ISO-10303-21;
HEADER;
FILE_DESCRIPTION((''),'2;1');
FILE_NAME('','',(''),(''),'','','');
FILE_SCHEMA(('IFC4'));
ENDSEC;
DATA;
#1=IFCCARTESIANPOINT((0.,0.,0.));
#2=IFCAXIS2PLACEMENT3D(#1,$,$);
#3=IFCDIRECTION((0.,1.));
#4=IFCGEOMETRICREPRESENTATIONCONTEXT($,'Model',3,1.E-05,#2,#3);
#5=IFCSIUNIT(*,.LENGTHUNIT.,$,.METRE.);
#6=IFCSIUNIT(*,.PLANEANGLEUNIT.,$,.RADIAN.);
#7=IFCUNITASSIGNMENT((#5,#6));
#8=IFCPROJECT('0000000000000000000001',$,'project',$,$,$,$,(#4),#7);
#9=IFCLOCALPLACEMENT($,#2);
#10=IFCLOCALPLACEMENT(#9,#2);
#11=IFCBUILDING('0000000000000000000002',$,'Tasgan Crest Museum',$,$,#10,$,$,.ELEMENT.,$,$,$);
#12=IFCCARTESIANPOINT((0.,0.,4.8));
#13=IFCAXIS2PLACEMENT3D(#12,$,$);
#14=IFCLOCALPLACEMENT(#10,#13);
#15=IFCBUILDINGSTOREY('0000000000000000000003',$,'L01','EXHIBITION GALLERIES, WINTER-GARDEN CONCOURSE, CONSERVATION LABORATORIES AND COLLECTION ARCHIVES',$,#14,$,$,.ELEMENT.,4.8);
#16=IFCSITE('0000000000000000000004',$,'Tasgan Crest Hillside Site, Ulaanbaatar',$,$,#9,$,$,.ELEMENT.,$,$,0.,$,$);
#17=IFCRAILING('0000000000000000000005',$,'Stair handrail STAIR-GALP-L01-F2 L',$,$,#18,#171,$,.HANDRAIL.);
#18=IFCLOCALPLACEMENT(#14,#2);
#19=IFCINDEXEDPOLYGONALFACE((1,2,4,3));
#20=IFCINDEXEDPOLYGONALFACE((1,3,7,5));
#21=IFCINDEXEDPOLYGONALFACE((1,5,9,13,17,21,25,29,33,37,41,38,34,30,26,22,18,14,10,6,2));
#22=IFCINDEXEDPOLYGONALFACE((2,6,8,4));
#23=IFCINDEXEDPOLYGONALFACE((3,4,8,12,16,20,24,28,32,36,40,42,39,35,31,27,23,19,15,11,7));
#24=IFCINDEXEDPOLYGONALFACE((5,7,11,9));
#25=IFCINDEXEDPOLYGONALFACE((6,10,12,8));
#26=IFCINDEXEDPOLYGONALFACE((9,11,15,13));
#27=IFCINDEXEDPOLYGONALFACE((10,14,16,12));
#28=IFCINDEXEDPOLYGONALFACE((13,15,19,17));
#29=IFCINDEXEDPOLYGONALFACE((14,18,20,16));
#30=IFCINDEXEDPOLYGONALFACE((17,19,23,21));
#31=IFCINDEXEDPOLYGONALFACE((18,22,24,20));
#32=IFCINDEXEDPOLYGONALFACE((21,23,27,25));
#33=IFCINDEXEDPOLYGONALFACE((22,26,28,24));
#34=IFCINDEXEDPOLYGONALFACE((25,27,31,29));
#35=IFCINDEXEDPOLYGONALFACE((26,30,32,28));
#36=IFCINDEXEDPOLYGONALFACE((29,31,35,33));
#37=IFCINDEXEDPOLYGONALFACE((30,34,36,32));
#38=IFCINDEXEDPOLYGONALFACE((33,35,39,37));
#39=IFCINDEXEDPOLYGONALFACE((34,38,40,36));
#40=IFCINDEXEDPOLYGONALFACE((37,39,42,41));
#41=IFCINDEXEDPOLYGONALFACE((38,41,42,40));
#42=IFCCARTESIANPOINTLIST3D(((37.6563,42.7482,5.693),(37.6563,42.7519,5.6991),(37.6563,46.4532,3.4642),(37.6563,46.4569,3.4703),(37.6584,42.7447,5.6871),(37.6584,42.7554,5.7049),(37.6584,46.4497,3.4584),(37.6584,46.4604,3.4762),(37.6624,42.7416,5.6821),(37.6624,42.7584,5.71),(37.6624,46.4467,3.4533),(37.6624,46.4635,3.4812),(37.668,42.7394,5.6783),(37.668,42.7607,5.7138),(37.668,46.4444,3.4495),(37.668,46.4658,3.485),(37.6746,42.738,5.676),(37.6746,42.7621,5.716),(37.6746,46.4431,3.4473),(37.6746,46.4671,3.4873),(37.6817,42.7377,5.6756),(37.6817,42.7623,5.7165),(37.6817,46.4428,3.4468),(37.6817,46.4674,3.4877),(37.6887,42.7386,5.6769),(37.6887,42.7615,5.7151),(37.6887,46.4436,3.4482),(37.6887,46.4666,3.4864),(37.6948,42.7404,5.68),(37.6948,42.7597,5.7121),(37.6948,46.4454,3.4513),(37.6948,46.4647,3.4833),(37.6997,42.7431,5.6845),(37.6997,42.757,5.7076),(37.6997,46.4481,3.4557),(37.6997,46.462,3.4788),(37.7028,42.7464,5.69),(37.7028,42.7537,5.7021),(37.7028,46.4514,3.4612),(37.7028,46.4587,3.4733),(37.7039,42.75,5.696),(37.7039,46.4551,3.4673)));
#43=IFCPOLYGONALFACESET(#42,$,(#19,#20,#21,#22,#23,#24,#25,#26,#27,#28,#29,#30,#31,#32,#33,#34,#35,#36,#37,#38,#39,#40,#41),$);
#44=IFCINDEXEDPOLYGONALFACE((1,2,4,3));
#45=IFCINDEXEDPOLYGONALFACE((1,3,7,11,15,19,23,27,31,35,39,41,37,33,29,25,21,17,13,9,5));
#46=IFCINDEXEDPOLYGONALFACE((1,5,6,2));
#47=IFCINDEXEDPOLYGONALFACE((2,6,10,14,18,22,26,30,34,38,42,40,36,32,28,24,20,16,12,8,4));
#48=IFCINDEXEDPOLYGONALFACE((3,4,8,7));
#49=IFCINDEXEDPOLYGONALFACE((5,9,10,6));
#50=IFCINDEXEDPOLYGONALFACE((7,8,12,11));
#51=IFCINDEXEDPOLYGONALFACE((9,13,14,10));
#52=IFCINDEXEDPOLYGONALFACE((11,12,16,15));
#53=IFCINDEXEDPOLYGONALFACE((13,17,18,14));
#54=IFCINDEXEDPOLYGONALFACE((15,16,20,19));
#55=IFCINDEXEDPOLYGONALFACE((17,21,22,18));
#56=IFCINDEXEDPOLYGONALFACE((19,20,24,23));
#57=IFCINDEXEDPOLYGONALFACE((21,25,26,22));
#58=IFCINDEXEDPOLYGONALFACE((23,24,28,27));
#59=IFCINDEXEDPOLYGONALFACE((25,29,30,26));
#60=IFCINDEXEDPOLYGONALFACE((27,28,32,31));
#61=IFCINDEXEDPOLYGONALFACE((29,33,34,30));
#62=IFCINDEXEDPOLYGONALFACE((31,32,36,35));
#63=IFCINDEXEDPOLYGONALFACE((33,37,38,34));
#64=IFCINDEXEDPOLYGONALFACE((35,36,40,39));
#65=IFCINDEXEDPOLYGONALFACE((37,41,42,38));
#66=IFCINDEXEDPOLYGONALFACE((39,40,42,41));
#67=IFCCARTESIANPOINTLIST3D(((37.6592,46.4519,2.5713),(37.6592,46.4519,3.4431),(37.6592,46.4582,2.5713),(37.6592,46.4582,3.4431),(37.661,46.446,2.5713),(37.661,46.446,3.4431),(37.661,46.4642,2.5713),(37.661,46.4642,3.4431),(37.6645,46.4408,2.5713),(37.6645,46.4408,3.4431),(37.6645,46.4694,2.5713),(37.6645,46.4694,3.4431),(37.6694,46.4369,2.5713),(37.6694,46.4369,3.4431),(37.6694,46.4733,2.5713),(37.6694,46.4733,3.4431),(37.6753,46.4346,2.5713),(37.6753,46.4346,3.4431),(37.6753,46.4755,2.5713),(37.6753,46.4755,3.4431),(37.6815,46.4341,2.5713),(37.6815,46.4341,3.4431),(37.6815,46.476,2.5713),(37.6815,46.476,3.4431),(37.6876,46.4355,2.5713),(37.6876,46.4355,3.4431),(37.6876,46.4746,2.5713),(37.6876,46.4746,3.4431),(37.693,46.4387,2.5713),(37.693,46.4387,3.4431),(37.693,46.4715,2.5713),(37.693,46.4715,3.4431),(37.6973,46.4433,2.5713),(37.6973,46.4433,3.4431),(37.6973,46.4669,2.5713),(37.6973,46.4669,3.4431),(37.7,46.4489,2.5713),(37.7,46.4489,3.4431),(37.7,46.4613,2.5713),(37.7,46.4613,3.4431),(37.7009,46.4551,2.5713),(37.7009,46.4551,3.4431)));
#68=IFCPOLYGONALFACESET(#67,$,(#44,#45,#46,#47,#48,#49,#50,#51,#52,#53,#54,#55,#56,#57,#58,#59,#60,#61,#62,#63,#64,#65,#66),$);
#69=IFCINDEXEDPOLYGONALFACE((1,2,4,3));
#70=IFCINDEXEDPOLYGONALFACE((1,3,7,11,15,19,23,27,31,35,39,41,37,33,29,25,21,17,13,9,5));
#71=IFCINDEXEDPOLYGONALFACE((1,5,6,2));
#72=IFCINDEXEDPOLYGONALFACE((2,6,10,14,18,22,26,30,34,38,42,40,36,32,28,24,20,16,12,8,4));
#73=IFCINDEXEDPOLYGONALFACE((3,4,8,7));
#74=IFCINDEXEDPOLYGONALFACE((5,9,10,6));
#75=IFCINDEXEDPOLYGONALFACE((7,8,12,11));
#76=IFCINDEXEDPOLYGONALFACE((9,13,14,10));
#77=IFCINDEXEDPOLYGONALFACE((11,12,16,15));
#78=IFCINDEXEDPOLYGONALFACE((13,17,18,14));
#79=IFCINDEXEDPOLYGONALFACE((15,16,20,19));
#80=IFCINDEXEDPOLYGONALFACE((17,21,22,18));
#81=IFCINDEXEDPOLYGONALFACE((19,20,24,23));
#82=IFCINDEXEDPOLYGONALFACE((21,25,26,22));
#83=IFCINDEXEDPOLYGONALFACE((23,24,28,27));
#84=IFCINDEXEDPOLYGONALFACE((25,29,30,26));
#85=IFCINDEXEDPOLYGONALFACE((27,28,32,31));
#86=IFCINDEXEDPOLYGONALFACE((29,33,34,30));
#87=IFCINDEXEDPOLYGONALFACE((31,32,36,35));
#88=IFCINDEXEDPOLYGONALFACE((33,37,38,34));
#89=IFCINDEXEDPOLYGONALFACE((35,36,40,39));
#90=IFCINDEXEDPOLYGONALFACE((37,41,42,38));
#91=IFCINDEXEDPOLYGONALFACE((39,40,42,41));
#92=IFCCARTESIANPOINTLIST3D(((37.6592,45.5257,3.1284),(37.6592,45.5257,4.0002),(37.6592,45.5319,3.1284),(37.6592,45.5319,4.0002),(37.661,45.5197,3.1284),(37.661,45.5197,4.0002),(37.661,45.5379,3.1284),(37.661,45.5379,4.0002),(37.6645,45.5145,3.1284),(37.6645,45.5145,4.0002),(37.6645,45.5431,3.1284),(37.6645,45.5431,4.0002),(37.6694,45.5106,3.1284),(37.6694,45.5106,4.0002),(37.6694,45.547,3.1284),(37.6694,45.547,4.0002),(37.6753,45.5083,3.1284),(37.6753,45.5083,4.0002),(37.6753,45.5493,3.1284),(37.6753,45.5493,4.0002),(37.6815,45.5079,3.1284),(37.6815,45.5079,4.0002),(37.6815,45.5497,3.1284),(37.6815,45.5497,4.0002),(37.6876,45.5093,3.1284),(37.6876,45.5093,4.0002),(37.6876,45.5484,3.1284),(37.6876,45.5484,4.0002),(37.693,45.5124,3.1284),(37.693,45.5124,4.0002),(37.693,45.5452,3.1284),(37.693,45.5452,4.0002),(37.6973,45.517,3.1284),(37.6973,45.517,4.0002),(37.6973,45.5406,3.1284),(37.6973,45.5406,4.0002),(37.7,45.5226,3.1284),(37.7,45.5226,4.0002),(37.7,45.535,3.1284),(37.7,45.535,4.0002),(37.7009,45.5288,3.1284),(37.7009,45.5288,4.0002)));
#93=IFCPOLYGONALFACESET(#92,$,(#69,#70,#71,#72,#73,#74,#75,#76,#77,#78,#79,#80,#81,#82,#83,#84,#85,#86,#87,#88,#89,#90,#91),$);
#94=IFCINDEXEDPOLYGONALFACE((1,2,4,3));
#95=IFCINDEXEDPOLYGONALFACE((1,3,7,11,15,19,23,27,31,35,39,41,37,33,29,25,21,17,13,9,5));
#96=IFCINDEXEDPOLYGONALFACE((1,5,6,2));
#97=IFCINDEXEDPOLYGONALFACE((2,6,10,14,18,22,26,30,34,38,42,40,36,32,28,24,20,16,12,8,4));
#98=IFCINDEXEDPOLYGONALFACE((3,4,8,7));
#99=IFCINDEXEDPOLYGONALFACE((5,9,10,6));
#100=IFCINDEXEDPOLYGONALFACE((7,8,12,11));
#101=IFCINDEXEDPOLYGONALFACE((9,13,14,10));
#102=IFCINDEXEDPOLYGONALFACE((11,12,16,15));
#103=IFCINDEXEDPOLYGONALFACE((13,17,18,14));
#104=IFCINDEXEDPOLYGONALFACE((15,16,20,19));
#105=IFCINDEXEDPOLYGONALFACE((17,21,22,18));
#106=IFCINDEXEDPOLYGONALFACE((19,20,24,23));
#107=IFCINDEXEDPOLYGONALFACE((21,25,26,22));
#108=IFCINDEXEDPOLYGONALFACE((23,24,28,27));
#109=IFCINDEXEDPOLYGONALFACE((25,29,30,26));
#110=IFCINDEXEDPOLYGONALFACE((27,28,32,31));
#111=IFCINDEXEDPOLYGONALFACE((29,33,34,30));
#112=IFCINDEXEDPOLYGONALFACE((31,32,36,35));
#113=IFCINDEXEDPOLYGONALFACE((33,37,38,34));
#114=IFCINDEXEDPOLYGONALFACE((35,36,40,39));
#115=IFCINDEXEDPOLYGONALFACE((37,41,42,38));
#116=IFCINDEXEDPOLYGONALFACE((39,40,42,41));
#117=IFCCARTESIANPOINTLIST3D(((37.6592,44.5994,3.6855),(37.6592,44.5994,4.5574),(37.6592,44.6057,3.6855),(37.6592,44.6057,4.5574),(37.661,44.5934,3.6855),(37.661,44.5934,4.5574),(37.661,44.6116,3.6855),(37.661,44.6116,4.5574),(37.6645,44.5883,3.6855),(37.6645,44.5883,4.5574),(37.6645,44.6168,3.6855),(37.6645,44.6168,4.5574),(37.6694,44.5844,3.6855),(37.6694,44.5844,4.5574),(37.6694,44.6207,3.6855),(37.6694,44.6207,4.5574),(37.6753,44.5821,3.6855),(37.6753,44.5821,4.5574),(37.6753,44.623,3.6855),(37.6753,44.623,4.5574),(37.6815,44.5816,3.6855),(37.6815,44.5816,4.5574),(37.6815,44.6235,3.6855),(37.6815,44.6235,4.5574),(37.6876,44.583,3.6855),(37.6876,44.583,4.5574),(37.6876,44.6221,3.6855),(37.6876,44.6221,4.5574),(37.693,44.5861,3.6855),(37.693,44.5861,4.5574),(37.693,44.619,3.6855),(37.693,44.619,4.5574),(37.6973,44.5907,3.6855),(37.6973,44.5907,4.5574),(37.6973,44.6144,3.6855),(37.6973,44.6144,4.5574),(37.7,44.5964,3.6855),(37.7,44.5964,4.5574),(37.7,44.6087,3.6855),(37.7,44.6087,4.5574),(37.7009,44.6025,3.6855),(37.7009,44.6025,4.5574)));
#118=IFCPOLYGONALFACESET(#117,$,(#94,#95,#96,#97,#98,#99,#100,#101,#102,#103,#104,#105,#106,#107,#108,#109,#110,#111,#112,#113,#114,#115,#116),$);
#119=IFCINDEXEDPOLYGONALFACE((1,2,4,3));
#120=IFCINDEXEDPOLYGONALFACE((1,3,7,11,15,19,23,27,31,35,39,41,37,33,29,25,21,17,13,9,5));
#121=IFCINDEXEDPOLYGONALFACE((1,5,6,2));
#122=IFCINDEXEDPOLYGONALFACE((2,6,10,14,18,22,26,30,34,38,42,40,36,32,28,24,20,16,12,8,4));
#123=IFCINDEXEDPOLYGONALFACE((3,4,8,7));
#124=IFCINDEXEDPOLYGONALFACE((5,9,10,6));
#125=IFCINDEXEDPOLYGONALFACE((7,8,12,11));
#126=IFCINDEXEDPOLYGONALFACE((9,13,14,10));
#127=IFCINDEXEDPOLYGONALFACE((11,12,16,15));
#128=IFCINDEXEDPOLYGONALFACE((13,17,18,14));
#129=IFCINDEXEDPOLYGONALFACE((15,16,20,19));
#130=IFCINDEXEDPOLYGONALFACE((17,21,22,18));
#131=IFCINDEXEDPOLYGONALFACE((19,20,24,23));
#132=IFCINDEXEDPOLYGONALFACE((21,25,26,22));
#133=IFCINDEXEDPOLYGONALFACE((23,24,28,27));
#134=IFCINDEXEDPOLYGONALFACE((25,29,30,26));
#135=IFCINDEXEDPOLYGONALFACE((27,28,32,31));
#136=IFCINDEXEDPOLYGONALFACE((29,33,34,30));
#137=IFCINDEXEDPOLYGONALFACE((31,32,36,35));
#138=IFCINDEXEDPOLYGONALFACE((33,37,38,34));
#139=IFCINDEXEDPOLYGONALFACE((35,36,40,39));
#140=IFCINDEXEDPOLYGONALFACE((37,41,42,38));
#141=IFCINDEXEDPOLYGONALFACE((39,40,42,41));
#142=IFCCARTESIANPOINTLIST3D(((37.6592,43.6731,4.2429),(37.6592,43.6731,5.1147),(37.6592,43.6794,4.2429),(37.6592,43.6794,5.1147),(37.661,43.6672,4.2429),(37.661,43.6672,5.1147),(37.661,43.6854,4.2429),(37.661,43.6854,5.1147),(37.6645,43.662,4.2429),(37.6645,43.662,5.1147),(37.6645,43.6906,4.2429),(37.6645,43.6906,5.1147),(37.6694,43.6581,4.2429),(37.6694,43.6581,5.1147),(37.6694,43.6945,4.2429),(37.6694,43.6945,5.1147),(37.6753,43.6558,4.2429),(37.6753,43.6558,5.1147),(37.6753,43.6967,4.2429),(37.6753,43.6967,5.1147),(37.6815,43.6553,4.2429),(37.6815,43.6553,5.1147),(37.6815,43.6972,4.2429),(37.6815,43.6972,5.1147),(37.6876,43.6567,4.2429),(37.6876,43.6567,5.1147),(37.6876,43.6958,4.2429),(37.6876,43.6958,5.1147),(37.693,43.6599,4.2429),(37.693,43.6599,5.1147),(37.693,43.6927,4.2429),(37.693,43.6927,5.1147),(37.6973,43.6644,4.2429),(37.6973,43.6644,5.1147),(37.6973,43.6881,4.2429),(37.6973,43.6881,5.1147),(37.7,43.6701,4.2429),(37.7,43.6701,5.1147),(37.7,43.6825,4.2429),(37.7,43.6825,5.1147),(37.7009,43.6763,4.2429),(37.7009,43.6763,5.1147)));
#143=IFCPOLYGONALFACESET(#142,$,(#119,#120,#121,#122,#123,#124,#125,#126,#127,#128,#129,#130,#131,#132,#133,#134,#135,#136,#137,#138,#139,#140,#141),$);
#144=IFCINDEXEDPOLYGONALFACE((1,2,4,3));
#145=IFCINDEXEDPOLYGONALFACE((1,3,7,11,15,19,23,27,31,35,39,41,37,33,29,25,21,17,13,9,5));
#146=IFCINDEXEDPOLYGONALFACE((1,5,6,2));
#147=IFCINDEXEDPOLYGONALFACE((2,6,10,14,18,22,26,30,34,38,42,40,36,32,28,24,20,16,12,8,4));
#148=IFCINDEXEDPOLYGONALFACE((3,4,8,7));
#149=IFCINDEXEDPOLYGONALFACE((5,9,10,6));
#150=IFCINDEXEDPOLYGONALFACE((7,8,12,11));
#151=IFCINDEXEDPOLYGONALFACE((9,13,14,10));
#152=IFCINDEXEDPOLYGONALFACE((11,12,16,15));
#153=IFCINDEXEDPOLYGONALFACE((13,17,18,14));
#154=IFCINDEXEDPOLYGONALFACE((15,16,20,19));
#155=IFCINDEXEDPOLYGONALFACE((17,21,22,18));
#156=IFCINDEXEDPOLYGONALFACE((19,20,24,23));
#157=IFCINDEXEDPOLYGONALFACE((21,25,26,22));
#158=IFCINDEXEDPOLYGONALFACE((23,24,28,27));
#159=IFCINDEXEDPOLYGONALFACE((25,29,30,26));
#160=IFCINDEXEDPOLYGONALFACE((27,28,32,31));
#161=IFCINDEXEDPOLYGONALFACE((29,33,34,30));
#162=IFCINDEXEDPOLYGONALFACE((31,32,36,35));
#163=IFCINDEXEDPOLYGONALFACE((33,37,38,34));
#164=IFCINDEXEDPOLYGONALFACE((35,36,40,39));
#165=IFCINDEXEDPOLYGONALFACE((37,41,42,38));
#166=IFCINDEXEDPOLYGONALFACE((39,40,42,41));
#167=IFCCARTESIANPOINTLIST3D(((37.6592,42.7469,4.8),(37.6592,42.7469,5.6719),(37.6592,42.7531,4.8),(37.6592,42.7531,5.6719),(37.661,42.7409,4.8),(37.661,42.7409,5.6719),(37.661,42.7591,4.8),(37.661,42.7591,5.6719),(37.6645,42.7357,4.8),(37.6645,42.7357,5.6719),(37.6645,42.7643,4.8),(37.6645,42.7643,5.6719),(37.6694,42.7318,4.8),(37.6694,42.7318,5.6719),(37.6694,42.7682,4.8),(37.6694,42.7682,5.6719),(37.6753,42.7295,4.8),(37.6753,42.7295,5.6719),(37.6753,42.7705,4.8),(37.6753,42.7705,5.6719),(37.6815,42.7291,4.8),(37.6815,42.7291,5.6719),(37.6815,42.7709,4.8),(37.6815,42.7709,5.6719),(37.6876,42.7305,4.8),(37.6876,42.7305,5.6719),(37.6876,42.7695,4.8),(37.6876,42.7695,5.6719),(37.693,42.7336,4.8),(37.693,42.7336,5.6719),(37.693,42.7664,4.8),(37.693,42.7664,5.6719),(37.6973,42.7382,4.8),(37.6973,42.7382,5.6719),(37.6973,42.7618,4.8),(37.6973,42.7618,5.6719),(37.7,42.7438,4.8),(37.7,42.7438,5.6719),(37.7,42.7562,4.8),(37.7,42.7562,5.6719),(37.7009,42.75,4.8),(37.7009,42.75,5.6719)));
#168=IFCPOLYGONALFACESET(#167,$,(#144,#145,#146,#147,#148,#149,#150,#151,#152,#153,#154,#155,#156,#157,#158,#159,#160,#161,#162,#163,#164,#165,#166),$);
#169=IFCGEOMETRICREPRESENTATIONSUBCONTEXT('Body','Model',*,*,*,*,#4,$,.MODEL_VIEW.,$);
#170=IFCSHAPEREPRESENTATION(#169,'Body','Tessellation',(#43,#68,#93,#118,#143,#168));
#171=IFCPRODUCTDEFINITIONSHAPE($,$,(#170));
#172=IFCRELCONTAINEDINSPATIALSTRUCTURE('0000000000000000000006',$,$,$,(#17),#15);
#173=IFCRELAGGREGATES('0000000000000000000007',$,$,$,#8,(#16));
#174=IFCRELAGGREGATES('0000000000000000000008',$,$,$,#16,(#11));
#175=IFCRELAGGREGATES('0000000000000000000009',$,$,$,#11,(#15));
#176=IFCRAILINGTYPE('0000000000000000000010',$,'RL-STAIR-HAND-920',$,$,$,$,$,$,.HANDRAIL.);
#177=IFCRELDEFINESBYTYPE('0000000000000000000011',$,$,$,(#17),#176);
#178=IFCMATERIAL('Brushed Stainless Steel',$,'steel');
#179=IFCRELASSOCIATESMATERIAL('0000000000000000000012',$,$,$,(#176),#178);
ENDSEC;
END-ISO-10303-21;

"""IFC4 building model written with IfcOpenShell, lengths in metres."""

from ifc_helpers import new_model, si_unit, direction, frame, origin, origin_2d, place, context, subcontext, project, spatial, circle, extrude, material, type_object, element, save


model = new_model("IFC4")

# Units and contexts
model_context = context("Model", 3, precision=1e-05, world=origin(), true_north=direction((0.0, 1.0)))
body_context = subcontext(model_context, "Body", "Model", "MODEL_VIEW")
ifc_project = project(units=[si_unit("LENGTHUNIT", "METRE"), si_unit("PLANEANGLEUNIT", "RADIAN")], contexts=[model_context])

# Site, building, storey
site_placement = place(None, origin())
site = spatial("IfcSite", under=ifc_project, at=site_placement, Name="Tasgan Crest Hillside Site, Ulaanbaatar", CompositionType="ELEMENT", RefElevation=0.0)
building_placement = place(site_placement, origin())
building = spatial("IfcBuilding", under=site, at=building_placement, Name="Tasgan Crest Museum", CompositionType="ELEMENT")
storey_placement = place(building_placement, frame((0.0, 0.0, 4.8)))
storey = spatial("IfcBuildingStorey", under=building, at=storey_placement, Name="L01", Description="EXHIBITION GALLERIES, WINTER-GARDEN CONCOURSE, CONSERVATION LABORATORIES AND COLLECTION ARCHIVES", CompositionType="ELEMENT", Elevation=4.8)

# Railing
ifc_material_1 = material(Name="Brushed Stainless Steel", Category="steel")
railing_type_1 = type_object("IfcRailingType", Name="RL-STAIR-HAND-920", PredefinedType="HANDRAIL", material=ifc_material_1)
for number, where, name in (
    (1, (37.6799, 46.4551, 2.5713), "Stair handrail STAIR-GALP-L01-F2 L"),
):
    element("IfcRailing", number, at=place(storey_placement, frame(where)), inside=storey, type_object=railing_type_1, Name=name, PredefinedType="HANDRAIL", context=body_context, shape_type="SweptSolid", body=[
        extrude(circle(Radius=0.0239, at=origin_2d()), frame((0.0, 0.0, 0.896), z_axis=(0.0, -0.856909, 0.515467), x_axis=(1.0, 0.0, 0.0)), (0.0, 0.0, 1.0), 4.3237),
        extrude(circle(Radius=0.021, at=origin_2d()), origin(), (0.0, 0.0, 1.0), 0.8718),
        extrude(circle(Radius=0.021, at=origin_2d()), frame((0.0, -0.9263, 0.5571)), (0.0, 0.0, 1.0), 0.8718),
        extrude(circle(Radius=0.021, at=origin_2d()), frame((0.0, -1.8525, 1.1143)), (0.0, 0.0, 1.0), 0.8718),
        extrude(circle(Radius=0.021, at=origin_2d()), frame((0.0, -2.7788, 1.6716)), (0.0, 0.0, 1.0), 0.8718),
        extrude(circle(Radius=0.021, at=origin_2d()), frame((0.0, -3.7051, 2.2288)), (0.0, 0.0, 1.0), 0.8718),
    ])

save(model, "model.ifc")
